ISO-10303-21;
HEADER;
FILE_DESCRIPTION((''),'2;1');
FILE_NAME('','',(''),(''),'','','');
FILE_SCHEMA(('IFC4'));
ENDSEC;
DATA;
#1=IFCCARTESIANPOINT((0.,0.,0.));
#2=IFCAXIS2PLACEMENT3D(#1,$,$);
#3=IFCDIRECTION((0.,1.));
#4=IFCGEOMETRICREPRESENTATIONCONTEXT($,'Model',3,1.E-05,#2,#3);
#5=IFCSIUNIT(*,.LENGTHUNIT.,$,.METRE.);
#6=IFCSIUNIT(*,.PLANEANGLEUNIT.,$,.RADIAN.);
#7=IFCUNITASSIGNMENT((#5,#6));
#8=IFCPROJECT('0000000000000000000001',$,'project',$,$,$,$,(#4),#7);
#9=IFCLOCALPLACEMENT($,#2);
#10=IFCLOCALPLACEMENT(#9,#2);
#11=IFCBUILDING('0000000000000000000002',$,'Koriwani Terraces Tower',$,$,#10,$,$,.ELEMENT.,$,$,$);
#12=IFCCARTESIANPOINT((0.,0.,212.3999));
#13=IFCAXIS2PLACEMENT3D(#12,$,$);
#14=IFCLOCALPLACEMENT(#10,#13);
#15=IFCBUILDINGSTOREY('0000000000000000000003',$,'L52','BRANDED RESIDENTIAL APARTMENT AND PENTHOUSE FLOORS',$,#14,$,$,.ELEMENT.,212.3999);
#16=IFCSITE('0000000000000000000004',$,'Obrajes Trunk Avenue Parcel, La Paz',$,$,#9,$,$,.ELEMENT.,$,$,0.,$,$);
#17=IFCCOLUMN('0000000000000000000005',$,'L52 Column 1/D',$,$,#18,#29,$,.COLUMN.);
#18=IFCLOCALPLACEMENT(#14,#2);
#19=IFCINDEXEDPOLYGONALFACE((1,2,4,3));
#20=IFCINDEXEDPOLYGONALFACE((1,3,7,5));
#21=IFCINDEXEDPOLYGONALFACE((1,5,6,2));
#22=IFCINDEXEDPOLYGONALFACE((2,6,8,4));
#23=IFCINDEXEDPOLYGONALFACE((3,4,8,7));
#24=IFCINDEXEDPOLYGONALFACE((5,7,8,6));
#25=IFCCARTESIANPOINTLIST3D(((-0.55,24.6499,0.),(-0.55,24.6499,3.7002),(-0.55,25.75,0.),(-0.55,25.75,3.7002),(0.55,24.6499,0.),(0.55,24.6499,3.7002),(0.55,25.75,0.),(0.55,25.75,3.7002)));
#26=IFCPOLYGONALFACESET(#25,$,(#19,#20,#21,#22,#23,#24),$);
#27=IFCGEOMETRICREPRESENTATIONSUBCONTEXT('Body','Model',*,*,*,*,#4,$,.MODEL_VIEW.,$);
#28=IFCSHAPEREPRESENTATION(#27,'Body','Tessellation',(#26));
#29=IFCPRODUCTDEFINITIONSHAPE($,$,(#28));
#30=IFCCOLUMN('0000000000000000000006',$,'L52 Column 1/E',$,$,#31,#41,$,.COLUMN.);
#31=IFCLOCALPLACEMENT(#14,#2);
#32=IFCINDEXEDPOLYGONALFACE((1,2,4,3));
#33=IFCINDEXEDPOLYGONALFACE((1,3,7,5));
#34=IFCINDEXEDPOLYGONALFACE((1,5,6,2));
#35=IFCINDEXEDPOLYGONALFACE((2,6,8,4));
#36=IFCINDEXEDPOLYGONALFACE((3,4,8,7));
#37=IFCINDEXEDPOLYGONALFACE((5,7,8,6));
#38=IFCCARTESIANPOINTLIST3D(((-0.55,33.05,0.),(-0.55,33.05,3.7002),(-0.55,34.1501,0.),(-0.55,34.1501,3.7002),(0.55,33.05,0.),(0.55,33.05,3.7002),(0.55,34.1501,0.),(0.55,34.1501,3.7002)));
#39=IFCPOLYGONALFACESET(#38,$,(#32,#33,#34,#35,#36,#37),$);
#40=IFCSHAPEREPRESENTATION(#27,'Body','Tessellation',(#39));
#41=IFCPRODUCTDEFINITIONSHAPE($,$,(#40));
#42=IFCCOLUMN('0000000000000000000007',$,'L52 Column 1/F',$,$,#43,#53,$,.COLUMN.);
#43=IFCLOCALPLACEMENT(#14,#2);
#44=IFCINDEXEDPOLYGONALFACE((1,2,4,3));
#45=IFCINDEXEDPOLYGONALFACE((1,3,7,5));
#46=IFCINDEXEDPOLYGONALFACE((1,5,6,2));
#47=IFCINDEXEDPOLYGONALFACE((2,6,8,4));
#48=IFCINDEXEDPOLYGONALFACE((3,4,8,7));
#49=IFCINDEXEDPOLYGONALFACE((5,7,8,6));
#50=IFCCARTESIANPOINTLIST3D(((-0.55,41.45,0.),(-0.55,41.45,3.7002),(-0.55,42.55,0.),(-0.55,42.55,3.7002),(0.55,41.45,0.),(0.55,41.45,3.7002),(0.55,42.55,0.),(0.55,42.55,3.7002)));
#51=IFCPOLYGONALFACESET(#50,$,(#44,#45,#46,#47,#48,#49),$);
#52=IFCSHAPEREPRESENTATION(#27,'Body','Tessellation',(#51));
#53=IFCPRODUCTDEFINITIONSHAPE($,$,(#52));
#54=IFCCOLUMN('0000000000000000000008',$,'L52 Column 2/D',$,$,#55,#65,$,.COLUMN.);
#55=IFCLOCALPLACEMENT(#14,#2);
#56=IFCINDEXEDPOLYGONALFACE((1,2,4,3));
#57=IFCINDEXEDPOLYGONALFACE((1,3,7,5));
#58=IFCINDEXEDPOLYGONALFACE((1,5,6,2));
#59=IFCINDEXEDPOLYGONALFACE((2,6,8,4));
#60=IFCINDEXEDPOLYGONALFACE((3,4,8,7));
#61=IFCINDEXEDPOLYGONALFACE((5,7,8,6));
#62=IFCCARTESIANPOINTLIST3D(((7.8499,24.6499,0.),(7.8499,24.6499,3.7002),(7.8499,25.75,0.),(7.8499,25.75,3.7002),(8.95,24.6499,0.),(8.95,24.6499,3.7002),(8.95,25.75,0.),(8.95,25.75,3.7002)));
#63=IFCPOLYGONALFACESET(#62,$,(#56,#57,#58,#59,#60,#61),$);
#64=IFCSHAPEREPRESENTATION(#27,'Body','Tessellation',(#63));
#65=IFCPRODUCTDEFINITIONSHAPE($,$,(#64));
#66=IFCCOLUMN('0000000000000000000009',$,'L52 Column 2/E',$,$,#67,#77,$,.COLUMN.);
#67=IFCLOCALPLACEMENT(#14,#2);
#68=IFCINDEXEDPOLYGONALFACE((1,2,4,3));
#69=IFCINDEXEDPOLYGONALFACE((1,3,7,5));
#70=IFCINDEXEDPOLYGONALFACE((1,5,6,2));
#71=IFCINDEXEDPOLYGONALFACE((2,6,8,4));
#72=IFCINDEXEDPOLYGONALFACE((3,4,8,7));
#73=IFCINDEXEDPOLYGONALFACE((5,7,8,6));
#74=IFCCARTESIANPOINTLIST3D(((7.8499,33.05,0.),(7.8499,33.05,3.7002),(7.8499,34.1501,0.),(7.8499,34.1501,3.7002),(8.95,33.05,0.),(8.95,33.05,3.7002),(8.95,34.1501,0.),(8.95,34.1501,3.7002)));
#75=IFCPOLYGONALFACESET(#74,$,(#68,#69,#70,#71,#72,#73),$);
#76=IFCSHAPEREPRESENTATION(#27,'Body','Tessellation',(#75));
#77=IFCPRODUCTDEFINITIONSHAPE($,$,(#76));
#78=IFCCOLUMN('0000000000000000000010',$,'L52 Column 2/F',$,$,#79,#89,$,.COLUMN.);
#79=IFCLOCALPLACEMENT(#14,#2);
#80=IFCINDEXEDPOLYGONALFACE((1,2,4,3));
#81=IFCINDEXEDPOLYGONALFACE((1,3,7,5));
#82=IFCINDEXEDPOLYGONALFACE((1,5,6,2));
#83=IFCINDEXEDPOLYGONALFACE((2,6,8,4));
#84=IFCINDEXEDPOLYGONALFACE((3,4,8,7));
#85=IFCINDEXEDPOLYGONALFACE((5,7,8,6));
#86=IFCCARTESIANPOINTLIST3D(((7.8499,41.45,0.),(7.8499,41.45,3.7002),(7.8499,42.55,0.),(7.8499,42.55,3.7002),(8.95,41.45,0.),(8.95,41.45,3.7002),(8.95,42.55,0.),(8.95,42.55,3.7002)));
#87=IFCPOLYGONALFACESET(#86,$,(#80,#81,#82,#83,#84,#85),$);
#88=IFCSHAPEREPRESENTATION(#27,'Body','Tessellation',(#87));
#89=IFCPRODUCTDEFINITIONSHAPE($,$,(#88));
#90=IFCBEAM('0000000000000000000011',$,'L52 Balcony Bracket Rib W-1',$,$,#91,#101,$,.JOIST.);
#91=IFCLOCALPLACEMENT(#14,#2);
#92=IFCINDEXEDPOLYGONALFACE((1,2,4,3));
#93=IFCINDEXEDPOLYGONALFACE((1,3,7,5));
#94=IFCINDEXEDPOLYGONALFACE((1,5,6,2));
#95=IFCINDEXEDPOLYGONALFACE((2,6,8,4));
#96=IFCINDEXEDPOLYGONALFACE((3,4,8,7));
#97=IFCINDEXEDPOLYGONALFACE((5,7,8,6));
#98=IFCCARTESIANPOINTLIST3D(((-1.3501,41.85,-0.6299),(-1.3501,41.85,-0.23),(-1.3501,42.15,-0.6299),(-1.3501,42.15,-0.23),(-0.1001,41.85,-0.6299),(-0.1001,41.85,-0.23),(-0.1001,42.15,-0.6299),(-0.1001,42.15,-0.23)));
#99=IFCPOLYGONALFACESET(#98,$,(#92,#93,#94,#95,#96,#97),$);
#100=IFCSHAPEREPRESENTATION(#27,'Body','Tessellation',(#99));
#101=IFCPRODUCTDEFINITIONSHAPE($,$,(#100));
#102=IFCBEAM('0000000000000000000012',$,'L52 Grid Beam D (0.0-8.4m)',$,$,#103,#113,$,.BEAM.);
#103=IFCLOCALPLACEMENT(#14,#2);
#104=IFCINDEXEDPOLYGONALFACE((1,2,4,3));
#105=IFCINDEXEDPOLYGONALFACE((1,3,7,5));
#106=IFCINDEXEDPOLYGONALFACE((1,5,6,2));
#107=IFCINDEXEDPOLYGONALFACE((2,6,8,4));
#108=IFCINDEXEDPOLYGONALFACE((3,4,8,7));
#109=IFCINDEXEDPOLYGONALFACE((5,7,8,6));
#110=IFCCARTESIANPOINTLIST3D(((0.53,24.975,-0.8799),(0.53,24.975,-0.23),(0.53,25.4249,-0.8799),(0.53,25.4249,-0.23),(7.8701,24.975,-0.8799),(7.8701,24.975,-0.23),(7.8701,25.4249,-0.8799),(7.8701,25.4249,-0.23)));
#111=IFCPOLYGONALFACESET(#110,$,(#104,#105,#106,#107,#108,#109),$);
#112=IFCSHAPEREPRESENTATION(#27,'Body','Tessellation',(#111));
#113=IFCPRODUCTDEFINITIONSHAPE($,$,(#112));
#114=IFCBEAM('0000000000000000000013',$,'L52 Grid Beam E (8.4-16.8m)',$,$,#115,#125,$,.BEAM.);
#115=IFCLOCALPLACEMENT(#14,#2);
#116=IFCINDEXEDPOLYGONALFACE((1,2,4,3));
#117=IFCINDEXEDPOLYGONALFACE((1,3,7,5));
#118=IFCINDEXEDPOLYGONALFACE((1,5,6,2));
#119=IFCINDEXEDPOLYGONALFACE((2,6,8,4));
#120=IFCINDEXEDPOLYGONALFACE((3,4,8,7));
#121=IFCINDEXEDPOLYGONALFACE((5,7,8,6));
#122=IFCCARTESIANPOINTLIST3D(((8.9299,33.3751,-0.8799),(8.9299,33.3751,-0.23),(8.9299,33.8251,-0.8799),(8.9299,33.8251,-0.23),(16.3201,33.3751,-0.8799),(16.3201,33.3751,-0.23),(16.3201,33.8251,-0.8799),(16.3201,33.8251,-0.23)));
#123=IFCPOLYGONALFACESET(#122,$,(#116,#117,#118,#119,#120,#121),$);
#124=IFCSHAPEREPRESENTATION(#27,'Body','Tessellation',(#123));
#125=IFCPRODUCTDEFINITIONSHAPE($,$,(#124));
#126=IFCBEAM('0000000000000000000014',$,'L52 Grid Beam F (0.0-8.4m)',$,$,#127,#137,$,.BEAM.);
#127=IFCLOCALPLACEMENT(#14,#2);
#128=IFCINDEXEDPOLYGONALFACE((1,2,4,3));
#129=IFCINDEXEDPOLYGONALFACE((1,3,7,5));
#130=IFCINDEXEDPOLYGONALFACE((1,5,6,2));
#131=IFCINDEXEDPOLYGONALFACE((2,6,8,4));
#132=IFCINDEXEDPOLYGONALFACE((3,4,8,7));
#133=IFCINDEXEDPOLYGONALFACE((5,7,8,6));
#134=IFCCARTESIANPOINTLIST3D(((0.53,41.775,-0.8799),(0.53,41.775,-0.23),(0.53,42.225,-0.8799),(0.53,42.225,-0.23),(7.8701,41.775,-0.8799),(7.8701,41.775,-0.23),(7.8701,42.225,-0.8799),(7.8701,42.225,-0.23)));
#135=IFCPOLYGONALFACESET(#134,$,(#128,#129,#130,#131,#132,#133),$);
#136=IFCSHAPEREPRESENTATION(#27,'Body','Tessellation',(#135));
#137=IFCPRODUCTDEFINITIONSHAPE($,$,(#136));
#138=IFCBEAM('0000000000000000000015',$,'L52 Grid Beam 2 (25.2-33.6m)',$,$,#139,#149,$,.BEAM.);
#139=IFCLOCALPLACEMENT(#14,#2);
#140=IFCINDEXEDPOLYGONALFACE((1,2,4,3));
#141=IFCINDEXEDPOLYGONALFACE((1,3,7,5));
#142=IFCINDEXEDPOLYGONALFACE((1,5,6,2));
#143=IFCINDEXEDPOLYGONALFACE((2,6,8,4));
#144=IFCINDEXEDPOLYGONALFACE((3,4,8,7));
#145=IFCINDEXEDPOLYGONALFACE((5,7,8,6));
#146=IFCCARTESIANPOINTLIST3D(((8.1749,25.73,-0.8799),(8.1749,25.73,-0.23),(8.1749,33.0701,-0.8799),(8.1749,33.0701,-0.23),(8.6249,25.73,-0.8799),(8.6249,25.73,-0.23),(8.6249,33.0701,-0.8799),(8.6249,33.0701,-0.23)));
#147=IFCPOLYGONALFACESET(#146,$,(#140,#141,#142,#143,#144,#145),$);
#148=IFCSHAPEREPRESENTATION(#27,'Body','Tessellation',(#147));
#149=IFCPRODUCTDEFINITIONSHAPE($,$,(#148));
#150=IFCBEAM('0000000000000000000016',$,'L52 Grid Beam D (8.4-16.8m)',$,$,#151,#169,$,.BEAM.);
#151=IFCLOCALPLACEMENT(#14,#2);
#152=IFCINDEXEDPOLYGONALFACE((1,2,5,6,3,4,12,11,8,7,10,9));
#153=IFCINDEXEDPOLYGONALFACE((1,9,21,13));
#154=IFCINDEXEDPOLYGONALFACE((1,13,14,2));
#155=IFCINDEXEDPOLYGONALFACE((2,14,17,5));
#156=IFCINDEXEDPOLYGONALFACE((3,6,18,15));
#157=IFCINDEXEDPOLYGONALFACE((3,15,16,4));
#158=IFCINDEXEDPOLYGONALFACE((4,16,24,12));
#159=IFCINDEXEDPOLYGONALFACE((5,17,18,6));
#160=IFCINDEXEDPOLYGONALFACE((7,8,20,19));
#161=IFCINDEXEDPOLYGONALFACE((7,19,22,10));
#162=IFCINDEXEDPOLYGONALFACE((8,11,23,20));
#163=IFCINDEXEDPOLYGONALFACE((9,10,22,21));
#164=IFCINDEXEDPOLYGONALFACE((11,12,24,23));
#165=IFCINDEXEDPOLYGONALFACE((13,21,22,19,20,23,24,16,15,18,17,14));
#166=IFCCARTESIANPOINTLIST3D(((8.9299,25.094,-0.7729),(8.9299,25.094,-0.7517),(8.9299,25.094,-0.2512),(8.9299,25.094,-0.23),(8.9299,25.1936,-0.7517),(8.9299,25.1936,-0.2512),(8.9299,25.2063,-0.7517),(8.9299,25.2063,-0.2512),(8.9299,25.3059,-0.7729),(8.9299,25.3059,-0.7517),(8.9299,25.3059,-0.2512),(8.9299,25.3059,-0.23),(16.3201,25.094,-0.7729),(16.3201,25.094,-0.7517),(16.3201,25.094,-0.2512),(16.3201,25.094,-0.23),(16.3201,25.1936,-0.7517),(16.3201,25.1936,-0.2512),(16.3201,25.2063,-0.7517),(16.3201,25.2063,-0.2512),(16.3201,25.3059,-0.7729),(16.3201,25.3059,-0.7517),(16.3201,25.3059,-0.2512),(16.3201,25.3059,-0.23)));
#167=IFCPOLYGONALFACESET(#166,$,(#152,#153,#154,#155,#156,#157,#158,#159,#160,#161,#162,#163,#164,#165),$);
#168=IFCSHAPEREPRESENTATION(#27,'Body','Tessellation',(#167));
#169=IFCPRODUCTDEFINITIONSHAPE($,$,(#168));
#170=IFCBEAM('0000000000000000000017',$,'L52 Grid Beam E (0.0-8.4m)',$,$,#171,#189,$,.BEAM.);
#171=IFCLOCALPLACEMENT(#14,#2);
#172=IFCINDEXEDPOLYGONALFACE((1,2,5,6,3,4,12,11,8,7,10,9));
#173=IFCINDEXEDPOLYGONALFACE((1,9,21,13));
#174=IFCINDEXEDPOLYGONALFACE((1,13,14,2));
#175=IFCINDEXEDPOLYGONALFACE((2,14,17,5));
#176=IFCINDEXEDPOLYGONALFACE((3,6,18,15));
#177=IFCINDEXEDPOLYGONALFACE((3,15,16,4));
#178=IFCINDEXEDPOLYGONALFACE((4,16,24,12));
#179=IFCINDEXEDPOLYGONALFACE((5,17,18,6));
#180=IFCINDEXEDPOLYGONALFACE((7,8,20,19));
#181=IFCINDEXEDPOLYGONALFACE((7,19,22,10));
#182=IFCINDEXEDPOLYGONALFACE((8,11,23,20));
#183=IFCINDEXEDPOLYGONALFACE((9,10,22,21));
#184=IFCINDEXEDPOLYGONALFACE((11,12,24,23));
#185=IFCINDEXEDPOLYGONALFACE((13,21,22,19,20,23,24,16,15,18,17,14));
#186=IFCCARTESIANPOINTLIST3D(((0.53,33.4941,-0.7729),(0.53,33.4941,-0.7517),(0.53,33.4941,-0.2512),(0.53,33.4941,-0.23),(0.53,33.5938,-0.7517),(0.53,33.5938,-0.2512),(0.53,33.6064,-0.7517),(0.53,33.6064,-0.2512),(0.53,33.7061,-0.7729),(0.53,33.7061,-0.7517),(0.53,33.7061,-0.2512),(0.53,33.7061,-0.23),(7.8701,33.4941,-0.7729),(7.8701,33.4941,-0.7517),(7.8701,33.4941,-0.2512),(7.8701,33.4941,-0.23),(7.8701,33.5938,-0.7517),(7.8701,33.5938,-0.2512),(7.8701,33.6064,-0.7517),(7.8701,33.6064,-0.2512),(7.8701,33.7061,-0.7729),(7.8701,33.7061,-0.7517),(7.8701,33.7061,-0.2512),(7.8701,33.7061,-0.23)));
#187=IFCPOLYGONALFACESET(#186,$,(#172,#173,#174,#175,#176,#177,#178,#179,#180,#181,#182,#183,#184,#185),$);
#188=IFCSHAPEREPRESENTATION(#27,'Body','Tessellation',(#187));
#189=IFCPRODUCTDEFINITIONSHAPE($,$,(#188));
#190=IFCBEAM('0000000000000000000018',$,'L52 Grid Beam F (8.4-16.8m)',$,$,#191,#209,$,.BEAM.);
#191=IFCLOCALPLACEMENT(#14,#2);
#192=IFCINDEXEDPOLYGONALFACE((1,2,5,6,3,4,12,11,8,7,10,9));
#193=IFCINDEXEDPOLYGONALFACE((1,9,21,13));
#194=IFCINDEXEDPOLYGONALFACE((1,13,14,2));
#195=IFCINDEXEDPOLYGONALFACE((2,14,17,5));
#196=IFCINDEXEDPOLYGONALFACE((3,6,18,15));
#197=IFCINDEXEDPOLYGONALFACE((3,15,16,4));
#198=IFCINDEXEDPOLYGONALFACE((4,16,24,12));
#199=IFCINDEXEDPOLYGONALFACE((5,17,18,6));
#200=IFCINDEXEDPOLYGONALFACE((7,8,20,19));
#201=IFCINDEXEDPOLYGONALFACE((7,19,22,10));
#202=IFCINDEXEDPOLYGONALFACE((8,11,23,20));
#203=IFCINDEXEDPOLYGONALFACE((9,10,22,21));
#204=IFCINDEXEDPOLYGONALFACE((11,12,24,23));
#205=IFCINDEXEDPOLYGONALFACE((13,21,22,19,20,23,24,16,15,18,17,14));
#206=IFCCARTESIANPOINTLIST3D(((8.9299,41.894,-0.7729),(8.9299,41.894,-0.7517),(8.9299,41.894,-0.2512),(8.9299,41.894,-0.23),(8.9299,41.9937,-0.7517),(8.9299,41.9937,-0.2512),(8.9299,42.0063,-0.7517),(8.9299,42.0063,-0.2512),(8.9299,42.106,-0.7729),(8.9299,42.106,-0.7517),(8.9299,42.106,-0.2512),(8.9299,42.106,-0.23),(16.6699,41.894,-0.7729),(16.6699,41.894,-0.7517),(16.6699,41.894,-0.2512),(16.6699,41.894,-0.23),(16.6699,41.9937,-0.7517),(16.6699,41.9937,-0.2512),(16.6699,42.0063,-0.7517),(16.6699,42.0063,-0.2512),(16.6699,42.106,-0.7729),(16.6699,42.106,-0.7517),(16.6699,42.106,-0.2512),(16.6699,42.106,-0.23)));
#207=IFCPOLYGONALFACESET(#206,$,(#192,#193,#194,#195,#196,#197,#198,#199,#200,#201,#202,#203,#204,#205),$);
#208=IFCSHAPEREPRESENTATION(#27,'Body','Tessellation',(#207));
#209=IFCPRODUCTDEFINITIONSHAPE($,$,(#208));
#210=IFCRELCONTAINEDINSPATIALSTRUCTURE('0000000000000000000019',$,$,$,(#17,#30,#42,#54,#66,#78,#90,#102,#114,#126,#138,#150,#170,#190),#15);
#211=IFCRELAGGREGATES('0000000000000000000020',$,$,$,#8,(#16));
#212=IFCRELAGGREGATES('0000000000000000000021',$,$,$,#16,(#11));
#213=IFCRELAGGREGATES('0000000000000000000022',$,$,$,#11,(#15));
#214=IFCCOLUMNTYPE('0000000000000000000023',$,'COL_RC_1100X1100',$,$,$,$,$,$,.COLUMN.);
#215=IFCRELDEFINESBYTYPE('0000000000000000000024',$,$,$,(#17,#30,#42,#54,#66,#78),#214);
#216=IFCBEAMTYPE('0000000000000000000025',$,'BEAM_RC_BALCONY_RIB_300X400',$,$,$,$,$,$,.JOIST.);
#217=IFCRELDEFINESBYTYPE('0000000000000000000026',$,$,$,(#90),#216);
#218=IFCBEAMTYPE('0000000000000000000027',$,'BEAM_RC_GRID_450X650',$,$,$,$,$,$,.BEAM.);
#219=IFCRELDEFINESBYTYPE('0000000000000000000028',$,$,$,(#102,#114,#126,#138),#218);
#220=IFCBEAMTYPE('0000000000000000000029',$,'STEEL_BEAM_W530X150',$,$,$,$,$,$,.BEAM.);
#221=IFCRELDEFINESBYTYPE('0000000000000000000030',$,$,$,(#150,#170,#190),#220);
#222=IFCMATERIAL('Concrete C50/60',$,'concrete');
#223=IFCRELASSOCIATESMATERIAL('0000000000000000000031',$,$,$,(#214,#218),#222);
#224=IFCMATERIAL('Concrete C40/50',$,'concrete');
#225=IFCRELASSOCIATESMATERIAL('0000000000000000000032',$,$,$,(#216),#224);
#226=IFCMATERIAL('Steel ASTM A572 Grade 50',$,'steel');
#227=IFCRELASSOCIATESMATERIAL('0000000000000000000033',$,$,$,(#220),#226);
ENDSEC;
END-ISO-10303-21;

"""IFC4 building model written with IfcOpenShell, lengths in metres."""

from ifc_helpers import new_model, si_unit, direction, frame, origin, origin_2d, place, context, subcontext, project, spatial, rectangle, i_section, extrude, material, material_profile, profile_set, type_object, element, save


model = new_model("IFC4")

# Units and contexts
model_context = context("Model", 3, precision=1e-05, world=origin(), true_north=direction((0.0, 1.0)))
body_context = subcontext(model_context, "Body", "Model", "MODEL_VIEW")
ifc_project = project(units=[si_unit("LENGTHUNIT", "METRE"), si_unit("PLANEANGLEUNIT", "RADIAN")], contexts=[model_context])

# Site, building, storey
site_placement = place(None, origin())
site = spatial("IfcSite", under=ifc_project, at=site_placement, Name="Obrajes Trunk Avenue Parcel, La Paz", CompositionType="ELEMENT", RefElevation=0.0)
building_placement = place(site_placement, origin())
building = spatial("IfcBuilding", under=site, at=building_placement, Name="Koriwani Terraces Tower", CompositionType="ELEMENT")
storey_placement = place(building_placement, frame((0.0, 0.0, 212.3999)))
storey = spatial("IfcBuildingStorey", under=building, at=storey_placement, Name="L52", Description="BRANDED RESIDENTIAL APARTMENT AND PENTHOUSE FLOORS", CompositionType="ELEMENT", Elevation=212.3999)

# Columns
ifc_material_1 = material(Name="Concrete C50/60", Category="concrete")
ifc_material_profile_1 = material_profile(ifc_material_1, rectangle(XDim=1.1001, YDim=1.1001, at=origin_2d()), Name="Concrete C50/60", Category="LoadBearing")
ifc_profile_set_1 = profile_set([ifc_material_profile_1], Name="Concrete C50/60")
column_type = type_object("IfcColumnType", Name="COL_RC_1100X1100", PredefinedType="COLUMN", material=ifc_profile_set_1)
for number, where, z_axis, x_axis, name in (
    (1, (0.0, 25.2, 0.0), (0.0, 0.0, 1.0), (1.0, 0.0, 0.0), "L52 Column 1/D"),
    (2, (0.0, 33.6001, 0.0), (0.0, 0.0, 1.0), (1.0, 0.0, 0.0), "L52 Column 1/E"),
    (3, (0.0, 42.0, 0.0), (0.0, 0.0, 1.0), (1.0, 0.0, 0.0), "L52 Column 1/F"),
    (4, (8.3999, 25.2, 0.0), (0.0, 0.0, 1.0), (1.0, 0.0, 0.0), "L52 Column 2/D"),
    (5, (8.3999, 33.6001, 0.0), (0.0, 0.0, 1.0), (1.0, 0.0, 0.0), "L52 Column 2/E"),
    (6, (8.3999, 42.0, 0.0), (0.0, 0.0, 1.0), (1.0, 0.0, 0.0), "L52 Column 2/F"),
):
    element("IfcColumn", number, at=place(storey_placement, frame(where, z_axis=z_axis, x_axis=x_axis)), inside=storey, type_object=column_type, Name=name, PredefinedType="COLUMN", context=body_context, shape_type="SweptSolid", body=[
        extrude(rectangle(XDim=1.1001, YDim=1.1001, at=origin_2d()), origin(), (0.0, 0.0, 1.0), 3.7002),
    ])

# Beams
ifc_material_2 = material(Name="Concrete C40/50", Category="concrete")
ifc_material_profile_2 = material_profile(ifc_material_2, rectangle(XDim=0.3, YDim=0.3999, at=origin_2d()), Name="Concrete C40/50", Category="LoadBearing")
ifc_profile_set_2 = profile_set([ifc_material_profile_2], Name="Concrete C40/50")
beam_type_1 = type_object("IfcBeamType", Name="BEAM_RC_BALCONY_RIB_300X400", PredefinedType="JOIST", material=ifc_profile_set_2)
beam_1_placement = place(storey_placement, frame((-1.3501, 42.0, -0.4299), z_axis=(1.0, 0.0, 0.0), x_axis=(0.0, 1.0, 0.0)))
element("IfcBeam", 7, at=beam_1_placement, inside=storey, type_object=beam_type_1, Name="L52 Balcony Bracket Rib W-1", PredefinedType="JOIST", context=body_context, shape_type="SweptSolid", body=[
    extrude(rectangle(XDim=0.3, YDim=0.3999, at=origin_2d()), origin(), (0.0, 0.0, 1.0), 1.25),
])
ifc_material_profile_3 = material_profile(ifc_material_1, rectangle(XDim=0.45, YDim=0.6499, at=origin_2d()), Name="Concrete C50/60", Category="LoadBearing")
ifc_profile_set_3 = profile_set([ifc_material_profile_3], Name="Concrete C50/60")
beam_type_2 = type_object("IfcBeamType", Name="BEAM_RC_GRID_450X650", PredefinedType="BEAM", material=ifc_profile_set_3)
beam_2_placement = place(storey_placement, frame((0.53, 25.2, -0.5549), z_axis=(1.0, 0.0, 0.0), x_axis=(0.0, 1.0, 0.0)))
element("IfcBeam", 8, at=beam_2_placement, inside=storey, type_object=beam_type_2, Name="L52 Grid Beam D (0.0-8.4m)", PredefinedType="BEAM", context=body_context, shape_type="SweptSolid", body=[
    extrude(rectangle(XDim=0.45, YDim=0.6499, at=origin_2d()), origin(), (0.0, 0.0, 1.0), 7.3401),
])
beam_3_placement = place(storey_placement, frame((8.9299, 33.6001, -0.5549), z_axis=(1.0, 0.0, 0.0), x_axis=(0.0, 1.0, 0.0)))
element("IfcBeam", 9, at=beam_3_placement, inside=storey, type_object=beam_type_2, Name="L52 Grid Beam E (8.4-16.8m)", PredefinedType="BEAM", context=body_context, shape_type="SweptSolid", body=[
    extrude(rectangle(XDim=0.45, YDim=0.6499, at=origin_2d()), origin(), (0.0, 0.0, 1.0), 7.3901),
])
for number, where, z_axis, x_axis, name in (
    (10, (0.53, 42.0, -0.5549), (1.0, 0.0, 0.0), (0.0, 1.0, 0.0), "L52 Grid Beam F (0.0-8.4m)"),
    (11, (8.3999, 25.73, -0.5549), (0.0, 1.0, 0.0), (-1.0, 0.0, 0.0), "L52 Grid Beam 2 (25.2-33.6m)"),
):
    element("IfcBeam", number, at=place(storey_placement, frame(where, z_axis=z_axis, x_axis=x_axis)), inside=storey, type_object=beam_type_2, Name=name, PredefinedType="BEAM", context=body_context, shape_type="SweptSolid", body=[
        extrude(rectangle(XDim=0.45, YDim=0.6499, at=origin_2d()), origin(), (0.0, 0.0, 1.0), 7.3401),
    ])
ifc_material_3 = material(Name="Steel ASTM A572 Grade 50", Category="steel")
ifc_material_profile_4 = material_profile(ifc_material_3, i_section(OverallWidth=0.2119, OverallDepth=0.543, WebThickness=0.0127, FlangeThickness=0.0212, at=origin_2d()), Name="Steel ASTM A572 Grade 50", Category="LoadBearing")
ifc_profile_set_4 = profile_set([ifc_material_profile_4], Name="Steel ASTM A572 Grade 50")
beam_type_3 = type_object("IfcBeamType", Name="STEEL_BEAM_W530X150", PredefinedType="BEAM", material=ifc_profile_set_4)
beam_4_placement = place(storey_placement, frame((8.9299, 25.2, -0.5015), z_axis=(1.0, 0.0, 0.0), x_axis=(0.0, 1.0, 0.0)))
element("IfcBeam", 12, at=beam_4_placement, inside=storey, type_object=beam_type_3, Name="L52 Grid Beam D (8.4-16.8m)", PredefinedType="BEAM", context=body_context, shape_type="SweptSolid", body=[
    extrude(i_section(OverallWidth=0.2119, OverallDepth=0.543, WebThickness=0.0127, FlangeThickness=0.0212, at=origin_2d()), origin(), (0.0, 0.0, 1.0), 7.3901),
])
beam_5_placement = place(storey_placement, frame((0.53, 33.6001, -0.5015), z_axis=(1.0, 0.0, 0.0), x_axis=(0.0, 1.0, 0.0)))
element("IfcBeam", 13, at=beam_5_placement, inside=storey, type_object=beam_type_3, Name="L52 Grid Beam E (0.0-8.4m)", PredefinedType="BEAM", context=body_context, shape_type="SweptSolid", body=[
    extrude(i_section(OverallWidth=0.2119, OverallDepth=0.543, WebThickness=0.0127, FlangeThickness=0.0212, at=origin_2d()), origin(), (0.0, 0.0, 1.0), 7.3401),
])
beam_6_placement = place(storey_placement, frame((8.9299, 42.0, -0.5015), z_axis=(1.0, 0.0, 0.0), x_axis=(0.0, 1.0, 0.0)))
element("IfcBeam", 14, at=beam_6_placement, inside=storey, type_object=beam_type_3, Name="L52 Grid Beam F (8.4-16.8m)", PredefinedType="BEAM", context=body_context, shape_type="SweptSolid", body=[
    extrude(i_section(OverallWidth=0.2119, OverallDepth=0.543, WebThickness=0.0127, FlangeThickness=0.0212, at=origin_2d()), origin(), (0.0, 0.0, 1.0), 7.74),
])

save(model, "model.ifc")
